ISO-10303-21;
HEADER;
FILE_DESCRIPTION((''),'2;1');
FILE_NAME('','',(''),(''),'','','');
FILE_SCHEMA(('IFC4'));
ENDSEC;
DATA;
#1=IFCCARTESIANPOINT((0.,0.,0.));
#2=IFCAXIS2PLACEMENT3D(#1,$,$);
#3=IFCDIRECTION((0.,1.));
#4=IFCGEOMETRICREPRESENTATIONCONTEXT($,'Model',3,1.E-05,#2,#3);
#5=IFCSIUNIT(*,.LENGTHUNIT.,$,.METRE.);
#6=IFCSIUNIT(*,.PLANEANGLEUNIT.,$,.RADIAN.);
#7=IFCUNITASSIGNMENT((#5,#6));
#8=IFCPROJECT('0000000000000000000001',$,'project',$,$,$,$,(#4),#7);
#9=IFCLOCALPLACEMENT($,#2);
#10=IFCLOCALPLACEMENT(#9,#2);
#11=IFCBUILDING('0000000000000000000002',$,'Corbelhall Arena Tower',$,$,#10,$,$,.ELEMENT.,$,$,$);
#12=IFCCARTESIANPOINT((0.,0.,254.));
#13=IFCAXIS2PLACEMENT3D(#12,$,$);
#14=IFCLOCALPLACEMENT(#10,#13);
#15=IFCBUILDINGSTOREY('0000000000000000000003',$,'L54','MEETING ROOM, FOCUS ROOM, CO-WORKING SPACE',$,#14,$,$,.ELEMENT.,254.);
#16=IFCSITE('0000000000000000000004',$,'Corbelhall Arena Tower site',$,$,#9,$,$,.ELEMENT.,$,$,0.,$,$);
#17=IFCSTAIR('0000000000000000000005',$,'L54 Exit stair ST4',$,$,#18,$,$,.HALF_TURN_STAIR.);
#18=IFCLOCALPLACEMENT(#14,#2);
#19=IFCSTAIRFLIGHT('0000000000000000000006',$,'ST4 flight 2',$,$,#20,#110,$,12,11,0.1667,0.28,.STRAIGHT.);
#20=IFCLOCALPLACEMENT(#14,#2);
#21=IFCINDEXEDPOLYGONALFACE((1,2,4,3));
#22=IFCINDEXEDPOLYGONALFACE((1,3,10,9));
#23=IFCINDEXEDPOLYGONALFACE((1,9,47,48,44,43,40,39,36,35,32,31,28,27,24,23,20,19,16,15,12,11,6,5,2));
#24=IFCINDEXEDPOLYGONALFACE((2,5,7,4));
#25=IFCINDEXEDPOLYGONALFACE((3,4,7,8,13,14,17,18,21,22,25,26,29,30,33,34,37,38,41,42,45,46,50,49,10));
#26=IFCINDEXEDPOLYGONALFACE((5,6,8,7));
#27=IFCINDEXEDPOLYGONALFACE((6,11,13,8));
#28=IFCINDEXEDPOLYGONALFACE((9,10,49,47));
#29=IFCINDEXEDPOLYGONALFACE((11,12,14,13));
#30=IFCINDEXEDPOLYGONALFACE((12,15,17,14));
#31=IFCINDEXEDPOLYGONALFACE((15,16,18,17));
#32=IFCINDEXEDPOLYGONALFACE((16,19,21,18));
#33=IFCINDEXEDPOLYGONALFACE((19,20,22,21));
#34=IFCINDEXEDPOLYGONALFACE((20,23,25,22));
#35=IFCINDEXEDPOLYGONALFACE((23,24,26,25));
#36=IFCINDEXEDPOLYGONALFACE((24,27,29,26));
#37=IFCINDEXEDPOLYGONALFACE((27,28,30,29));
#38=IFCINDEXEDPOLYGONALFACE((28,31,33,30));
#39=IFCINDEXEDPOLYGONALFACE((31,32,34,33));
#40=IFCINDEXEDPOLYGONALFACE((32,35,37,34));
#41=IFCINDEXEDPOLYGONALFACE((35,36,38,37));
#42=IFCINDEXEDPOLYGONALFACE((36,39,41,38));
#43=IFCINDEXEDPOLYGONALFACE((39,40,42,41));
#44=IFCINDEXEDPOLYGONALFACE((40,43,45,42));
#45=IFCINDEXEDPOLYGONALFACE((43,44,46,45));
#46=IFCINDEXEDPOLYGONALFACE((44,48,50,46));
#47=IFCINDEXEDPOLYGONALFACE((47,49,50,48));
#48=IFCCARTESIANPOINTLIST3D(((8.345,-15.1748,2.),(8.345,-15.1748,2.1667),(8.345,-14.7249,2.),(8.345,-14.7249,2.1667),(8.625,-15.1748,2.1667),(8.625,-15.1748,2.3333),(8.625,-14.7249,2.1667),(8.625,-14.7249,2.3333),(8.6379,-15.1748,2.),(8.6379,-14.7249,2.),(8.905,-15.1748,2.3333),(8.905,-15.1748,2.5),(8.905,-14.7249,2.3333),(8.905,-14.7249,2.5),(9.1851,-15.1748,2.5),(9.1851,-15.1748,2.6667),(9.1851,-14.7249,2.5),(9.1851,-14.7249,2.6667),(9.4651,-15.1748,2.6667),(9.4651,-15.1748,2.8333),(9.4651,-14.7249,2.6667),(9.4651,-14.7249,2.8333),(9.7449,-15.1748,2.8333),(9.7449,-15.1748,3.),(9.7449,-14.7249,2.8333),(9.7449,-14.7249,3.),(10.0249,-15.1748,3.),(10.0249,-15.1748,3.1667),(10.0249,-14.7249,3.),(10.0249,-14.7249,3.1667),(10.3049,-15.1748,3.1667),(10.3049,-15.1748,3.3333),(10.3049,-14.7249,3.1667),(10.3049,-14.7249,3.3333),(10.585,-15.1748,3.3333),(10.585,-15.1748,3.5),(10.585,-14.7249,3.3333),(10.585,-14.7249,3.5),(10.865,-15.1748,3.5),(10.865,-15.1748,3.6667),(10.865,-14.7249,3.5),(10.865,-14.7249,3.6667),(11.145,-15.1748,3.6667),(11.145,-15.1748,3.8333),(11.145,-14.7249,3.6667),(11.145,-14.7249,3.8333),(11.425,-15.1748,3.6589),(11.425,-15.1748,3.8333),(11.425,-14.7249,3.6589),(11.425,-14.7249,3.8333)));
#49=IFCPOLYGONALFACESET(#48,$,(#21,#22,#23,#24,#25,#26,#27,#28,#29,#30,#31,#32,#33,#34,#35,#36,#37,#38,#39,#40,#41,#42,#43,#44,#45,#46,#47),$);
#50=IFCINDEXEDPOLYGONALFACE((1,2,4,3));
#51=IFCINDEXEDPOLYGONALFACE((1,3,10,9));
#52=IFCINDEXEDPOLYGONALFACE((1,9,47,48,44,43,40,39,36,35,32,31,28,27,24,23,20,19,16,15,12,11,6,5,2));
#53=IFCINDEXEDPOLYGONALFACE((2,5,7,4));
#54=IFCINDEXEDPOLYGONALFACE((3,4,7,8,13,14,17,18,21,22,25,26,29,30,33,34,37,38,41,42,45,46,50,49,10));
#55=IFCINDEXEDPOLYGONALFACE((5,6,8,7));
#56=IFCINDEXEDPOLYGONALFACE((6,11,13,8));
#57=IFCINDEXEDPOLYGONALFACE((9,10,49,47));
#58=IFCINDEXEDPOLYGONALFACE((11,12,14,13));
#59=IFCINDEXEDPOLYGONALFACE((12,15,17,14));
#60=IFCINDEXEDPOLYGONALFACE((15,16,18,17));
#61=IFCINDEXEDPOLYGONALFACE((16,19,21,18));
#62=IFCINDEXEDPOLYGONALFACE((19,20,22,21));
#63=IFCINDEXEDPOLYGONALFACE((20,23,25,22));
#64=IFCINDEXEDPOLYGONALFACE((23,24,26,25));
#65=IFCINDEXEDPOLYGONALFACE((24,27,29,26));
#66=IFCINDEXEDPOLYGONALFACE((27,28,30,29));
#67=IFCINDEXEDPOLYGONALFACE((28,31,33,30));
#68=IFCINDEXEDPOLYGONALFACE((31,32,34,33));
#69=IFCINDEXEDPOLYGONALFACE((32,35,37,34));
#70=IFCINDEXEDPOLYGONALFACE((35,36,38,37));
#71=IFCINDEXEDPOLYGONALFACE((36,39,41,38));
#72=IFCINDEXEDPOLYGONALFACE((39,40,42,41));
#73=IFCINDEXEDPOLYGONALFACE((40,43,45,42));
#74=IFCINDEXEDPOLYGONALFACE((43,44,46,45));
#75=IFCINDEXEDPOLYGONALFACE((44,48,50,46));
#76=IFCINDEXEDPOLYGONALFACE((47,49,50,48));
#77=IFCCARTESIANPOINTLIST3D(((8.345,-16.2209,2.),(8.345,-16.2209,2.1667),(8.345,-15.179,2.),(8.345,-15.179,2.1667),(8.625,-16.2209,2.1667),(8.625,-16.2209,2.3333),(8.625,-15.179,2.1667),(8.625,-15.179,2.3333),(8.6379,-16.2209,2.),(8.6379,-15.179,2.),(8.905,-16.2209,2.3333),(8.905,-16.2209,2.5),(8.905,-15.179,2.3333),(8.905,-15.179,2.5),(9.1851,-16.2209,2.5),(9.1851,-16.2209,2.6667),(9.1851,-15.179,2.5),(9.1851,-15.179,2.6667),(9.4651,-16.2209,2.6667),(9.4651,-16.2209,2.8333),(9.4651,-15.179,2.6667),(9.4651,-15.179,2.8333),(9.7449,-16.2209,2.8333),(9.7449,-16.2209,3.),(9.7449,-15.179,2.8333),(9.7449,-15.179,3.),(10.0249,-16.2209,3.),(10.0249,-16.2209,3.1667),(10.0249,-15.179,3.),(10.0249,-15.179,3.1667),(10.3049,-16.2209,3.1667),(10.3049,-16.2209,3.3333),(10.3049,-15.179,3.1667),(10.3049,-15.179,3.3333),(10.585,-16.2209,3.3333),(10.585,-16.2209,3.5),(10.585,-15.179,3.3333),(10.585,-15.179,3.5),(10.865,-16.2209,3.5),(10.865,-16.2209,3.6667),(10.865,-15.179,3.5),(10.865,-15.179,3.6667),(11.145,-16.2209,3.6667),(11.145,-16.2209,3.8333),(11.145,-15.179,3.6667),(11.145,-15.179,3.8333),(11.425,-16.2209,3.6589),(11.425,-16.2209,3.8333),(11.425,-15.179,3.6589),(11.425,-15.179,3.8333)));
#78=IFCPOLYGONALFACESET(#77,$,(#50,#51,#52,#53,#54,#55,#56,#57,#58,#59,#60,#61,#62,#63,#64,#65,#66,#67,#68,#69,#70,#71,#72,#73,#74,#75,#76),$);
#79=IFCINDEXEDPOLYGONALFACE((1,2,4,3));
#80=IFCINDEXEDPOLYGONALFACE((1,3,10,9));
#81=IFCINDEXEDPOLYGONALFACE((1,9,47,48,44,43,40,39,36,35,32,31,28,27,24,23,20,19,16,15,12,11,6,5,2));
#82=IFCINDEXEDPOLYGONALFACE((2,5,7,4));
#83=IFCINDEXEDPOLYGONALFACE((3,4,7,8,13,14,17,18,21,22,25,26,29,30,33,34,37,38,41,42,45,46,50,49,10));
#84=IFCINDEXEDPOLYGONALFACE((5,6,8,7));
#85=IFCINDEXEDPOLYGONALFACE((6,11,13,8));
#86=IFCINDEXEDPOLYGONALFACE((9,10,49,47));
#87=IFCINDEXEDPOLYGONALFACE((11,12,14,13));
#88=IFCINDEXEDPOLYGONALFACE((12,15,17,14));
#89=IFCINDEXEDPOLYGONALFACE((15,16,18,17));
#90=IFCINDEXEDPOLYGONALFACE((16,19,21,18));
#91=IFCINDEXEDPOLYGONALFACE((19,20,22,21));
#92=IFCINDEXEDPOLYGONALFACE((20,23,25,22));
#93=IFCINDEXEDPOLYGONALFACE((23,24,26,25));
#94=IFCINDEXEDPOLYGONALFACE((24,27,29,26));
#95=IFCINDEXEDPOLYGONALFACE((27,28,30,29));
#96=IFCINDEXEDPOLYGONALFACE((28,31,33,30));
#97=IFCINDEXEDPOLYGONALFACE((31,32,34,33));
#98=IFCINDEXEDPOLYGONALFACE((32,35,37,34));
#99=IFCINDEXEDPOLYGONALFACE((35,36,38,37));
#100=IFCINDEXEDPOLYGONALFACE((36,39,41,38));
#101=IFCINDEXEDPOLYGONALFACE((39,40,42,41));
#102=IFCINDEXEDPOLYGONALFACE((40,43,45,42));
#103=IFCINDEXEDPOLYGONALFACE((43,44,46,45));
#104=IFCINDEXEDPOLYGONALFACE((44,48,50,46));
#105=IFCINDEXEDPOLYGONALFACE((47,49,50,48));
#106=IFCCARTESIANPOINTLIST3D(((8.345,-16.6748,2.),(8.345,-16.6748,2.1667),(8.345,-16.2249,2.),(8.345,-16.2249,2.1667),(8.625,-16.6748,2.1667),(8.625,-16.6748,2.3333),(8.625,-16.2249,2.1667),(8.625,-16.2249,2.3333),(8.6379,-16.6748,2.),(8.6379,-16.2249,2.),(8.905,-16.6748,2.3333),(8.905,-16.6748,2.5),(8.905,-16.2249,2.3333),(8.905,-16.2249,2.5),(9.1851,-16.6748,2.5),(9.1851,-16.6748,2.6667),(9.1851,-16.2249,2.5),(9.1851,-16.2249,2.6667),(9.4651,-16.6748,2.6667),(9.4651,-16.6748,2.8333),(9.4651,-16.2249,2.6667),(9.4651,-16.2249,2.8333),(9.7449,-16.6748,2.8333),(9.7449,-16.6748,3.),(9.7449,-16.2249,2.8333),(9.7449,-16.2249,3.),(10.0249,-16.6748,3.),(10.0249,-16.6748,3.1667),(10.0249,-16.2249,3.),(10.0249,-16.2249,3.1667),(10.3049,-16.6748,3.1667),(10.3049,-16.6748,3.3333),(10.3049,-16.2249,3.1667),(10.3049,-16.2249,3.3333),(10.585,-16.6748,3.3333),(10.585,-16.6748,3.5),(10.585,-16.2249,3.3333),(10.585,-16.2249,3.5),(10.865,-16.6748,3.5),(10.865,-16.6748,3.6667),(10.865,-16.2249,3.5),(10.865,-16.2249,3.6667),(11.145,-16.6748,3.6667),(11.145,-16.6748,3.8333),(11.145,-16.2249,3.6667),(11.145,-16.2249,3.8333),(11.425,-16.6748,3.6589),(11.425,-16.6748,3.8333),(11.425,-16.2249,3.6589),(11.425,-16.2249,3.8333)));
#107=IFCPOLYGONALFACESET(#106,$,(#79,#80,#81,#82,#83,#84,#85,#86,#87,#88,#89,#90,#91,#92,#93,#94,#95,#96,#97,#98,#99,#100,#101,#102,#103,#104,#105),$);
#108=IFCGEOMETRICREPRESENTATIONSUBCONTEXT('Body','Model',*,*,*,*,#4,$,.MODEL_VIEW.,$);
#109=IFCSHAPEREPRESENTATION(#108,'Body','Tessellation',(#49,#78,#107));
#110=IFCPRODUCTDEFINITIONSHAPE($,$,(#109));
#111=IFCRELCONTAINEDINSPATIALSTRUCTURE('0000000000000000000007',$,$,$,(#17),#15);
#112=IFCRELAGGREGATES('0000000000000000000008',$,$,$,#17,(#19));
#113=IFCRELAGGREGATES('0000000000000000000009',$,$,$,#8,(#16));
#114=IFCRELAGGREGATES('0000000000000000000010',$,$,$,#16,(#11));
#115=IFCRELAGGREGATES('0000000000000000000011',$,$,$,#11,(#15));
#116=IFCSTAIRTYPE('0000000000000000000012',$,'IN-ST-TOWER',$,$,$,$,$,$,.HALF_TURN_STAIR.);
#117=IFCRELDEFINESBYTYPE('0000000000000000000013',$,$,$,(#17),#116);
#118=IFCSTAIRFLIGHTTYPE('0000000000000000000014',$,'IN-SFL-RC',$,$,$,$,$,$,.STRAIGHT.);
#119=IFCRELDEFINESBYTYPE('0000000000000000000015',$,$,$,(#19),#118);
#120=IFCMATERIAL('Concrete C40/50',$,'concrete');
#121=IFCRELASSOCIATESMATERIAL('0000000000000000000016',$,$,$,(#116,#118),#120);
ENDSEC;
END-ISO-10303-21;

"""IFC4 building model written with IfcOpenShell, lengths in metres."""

from ifc_helpers import new_model, si_unit, direction, frame, origin, place, context, subcontext, project, spatial, polyline, outline, extrude, material, type_object, element, aggregate, save


model = new_model("IFC4")

# Units and contexts
model_context = context("Model", 3, precision=1e-05, world=origin(), true_north=direction((0.0, 1.0)))
body_context = subcontext(model_context, "Body", "Model", "MODEL_VIEW")
ifc_project = project(units=[si_unit("LENGTHUNIT", "METRE"), si_unit("PLANEANGLEUNIT", "RADIAN")], contexts=[model_context])

# Site, building, storey
site_placement = place(None, origin())
site = spatial("IfcSite", under=ifc_project, at=site_placement, Name="Corbelhall Arena Tower site", CompositionType="ELEMENT", RefElevation=0.0)
building_placement = place(site_placement, origin())
building = spatial("IfcBuilding", under=site, at=building_placement, Name="Corbelhall Arena Tower", CompositionType="ELEMENT")
storey_placement = place(building_placement, frame((0.0, 0.0, 254.0)))
storey = spatial("IfcBuildingStorey", under=building, at=storey_placement, Name="L54", Description="MEETING ROOM, FOCUS ROOM, CO-WORKING SPACE", CompositionType="ELEMENT", Elevation=254.0)

# Shared definitions
ifc_material_1 = material(Name="Concrete C40/50", Category="concrete")

# Stair, stair flight
stair_type = type_object("IfcStairType", Name="IN-ST-TOWER", PredefinedType="HALF_TURN_STAIR", material=ifc_material_1)
stair_placement = place(storey_placement, origin())
stair = element("IfcStair", 1, at=stair_placement, inside=storey, type_object=stair_type, Name="L54 Exit stair ST4", PredefinedType="HALF_TURN_STAIR")
stair_flight_type = type_object("IfcStairFlightType", Name="IN-SFL-RC", PredefinedType="STRAIGHT", material=ifc_material_1)
stair_flight_1_placement = place(storey_placement, frame((8.345, -15.7, 2.0), z_axis=(0.0, 0.0, 1.0), x_axis=(1.0, 0.0, 0.0)))
stair_flight_1 = element("IfcStairFlight", 2, at=stair_flight_1_placement, type_object=stair_flight_type, Name="ST4 flight 2", NumberOfRisers=12, NumberOfTreads=11, PredefinedType="STRAIGHT", RiserHeight=0.1667, TreadLength=0.28, context=body_context, shape_type="SweptSolid", body=[
    extrude(outline(polyline([(0.0, 0.0), (0.0, 0.1667), (0.28, 0.1667), (0.28, 0.3333), (0.5601, 0.3333), (0.5601, 0.5), (0.8401, 0.5), (0.8401, 0.6667), (1.1201, 0.6667), (1.1201, 0.8333), (1.3999, 0.8333), (1.3999, 1.0), (1.6799, 1.0), (1.6799, 1.1667), (1.96, 1.1667), (1.96, 1.3333), (2.24, 1.3333), (2.24, 1.5), (2.52, 1.5), (2.52, 1.6667), (2.8, 1.6667), (2.8, 1.8333), (3.0801, 1.8333), (3.0801, 2.0), (3.0801, 1.6589), (0.293, 0.0), (0.0, 0.0)])), frame((0.0, 0.9751, 0.0), z_axis=(0.0, -1.0, 0.0), x_axis=(1.0, 0.0, 0.0)), (0.0, 0.0, 1.0), 0.45),
    extrude(outline(polyline([(0.0, 0.0), (0.0, 0.1667), (0.28, 0.1667), (0.28, 0.3333), (0.5601, 0.3333), (0.5601, 0.5), (0.8401, 0.5), (0.8401, 0.6667), (1.1201, 0.6667), (1.1201, 0.8333), (1.3999, 0.8333), (1.3999, 1.0), (1.6799, 1.0), (1.6799, 1.1667), (1.96, 1.1667), (1.96, 1.3333), (2.24, 1.3333), (2.24, 1.5), (2.52, 1.5), (2.52, 1.6667), (2.8, 1.6667), (2.8, 1.8333), (3.0801, 1.8333), (3.0801, 2.0), (3.0801, 1.6589), (0.293, 0.0), (0.0, 0.0)])), frame((0.0, 0.521, 0.0), z_axis=(0.0, -1.0, 0.0), x_axis=(1.0, 0.0, 0.0)), (0.0, 0.0, 1.0), 1.042),
    extrude(outline(polyline([(0.0, 0.0), (0.0, 0.1667), (0.28, 0.1667), (0.28, 0.3333), (0.5601, 0.3333), (0.5601, 0.5), (0.8401, 0.5), (0.8401, 0.6667), (1.1201, 0.6667), (1.1201, 0.8333), (1.3999, 0.8333), (1.3999, 1.0), (1.6799, 1.0), (1.6799, 1.1667), (1.96, 1.1667), (1.96, 1.3333), (2.24, 1.3333), (2.24, 1.5), (2.52, 1.5), (2.52, 1.6667), (2.8, 1.6667), (2.8, 1.8333), (3.0801, 1.8333), (3.0801, 2.0), (3.0801, 1.6589), (0.293, 0.0), (0.0, 0.0)])), frame((0.0, -0.5249, 0.0), z_axis=(0.0, -1.0, 0.0), x_axis=(1.0, 0.0, 0.0)), (0.0, 0.0, 1.0), 0.45),
])
aggregate(stair, [stair_flight_1])

save(model, "model.ifc")
